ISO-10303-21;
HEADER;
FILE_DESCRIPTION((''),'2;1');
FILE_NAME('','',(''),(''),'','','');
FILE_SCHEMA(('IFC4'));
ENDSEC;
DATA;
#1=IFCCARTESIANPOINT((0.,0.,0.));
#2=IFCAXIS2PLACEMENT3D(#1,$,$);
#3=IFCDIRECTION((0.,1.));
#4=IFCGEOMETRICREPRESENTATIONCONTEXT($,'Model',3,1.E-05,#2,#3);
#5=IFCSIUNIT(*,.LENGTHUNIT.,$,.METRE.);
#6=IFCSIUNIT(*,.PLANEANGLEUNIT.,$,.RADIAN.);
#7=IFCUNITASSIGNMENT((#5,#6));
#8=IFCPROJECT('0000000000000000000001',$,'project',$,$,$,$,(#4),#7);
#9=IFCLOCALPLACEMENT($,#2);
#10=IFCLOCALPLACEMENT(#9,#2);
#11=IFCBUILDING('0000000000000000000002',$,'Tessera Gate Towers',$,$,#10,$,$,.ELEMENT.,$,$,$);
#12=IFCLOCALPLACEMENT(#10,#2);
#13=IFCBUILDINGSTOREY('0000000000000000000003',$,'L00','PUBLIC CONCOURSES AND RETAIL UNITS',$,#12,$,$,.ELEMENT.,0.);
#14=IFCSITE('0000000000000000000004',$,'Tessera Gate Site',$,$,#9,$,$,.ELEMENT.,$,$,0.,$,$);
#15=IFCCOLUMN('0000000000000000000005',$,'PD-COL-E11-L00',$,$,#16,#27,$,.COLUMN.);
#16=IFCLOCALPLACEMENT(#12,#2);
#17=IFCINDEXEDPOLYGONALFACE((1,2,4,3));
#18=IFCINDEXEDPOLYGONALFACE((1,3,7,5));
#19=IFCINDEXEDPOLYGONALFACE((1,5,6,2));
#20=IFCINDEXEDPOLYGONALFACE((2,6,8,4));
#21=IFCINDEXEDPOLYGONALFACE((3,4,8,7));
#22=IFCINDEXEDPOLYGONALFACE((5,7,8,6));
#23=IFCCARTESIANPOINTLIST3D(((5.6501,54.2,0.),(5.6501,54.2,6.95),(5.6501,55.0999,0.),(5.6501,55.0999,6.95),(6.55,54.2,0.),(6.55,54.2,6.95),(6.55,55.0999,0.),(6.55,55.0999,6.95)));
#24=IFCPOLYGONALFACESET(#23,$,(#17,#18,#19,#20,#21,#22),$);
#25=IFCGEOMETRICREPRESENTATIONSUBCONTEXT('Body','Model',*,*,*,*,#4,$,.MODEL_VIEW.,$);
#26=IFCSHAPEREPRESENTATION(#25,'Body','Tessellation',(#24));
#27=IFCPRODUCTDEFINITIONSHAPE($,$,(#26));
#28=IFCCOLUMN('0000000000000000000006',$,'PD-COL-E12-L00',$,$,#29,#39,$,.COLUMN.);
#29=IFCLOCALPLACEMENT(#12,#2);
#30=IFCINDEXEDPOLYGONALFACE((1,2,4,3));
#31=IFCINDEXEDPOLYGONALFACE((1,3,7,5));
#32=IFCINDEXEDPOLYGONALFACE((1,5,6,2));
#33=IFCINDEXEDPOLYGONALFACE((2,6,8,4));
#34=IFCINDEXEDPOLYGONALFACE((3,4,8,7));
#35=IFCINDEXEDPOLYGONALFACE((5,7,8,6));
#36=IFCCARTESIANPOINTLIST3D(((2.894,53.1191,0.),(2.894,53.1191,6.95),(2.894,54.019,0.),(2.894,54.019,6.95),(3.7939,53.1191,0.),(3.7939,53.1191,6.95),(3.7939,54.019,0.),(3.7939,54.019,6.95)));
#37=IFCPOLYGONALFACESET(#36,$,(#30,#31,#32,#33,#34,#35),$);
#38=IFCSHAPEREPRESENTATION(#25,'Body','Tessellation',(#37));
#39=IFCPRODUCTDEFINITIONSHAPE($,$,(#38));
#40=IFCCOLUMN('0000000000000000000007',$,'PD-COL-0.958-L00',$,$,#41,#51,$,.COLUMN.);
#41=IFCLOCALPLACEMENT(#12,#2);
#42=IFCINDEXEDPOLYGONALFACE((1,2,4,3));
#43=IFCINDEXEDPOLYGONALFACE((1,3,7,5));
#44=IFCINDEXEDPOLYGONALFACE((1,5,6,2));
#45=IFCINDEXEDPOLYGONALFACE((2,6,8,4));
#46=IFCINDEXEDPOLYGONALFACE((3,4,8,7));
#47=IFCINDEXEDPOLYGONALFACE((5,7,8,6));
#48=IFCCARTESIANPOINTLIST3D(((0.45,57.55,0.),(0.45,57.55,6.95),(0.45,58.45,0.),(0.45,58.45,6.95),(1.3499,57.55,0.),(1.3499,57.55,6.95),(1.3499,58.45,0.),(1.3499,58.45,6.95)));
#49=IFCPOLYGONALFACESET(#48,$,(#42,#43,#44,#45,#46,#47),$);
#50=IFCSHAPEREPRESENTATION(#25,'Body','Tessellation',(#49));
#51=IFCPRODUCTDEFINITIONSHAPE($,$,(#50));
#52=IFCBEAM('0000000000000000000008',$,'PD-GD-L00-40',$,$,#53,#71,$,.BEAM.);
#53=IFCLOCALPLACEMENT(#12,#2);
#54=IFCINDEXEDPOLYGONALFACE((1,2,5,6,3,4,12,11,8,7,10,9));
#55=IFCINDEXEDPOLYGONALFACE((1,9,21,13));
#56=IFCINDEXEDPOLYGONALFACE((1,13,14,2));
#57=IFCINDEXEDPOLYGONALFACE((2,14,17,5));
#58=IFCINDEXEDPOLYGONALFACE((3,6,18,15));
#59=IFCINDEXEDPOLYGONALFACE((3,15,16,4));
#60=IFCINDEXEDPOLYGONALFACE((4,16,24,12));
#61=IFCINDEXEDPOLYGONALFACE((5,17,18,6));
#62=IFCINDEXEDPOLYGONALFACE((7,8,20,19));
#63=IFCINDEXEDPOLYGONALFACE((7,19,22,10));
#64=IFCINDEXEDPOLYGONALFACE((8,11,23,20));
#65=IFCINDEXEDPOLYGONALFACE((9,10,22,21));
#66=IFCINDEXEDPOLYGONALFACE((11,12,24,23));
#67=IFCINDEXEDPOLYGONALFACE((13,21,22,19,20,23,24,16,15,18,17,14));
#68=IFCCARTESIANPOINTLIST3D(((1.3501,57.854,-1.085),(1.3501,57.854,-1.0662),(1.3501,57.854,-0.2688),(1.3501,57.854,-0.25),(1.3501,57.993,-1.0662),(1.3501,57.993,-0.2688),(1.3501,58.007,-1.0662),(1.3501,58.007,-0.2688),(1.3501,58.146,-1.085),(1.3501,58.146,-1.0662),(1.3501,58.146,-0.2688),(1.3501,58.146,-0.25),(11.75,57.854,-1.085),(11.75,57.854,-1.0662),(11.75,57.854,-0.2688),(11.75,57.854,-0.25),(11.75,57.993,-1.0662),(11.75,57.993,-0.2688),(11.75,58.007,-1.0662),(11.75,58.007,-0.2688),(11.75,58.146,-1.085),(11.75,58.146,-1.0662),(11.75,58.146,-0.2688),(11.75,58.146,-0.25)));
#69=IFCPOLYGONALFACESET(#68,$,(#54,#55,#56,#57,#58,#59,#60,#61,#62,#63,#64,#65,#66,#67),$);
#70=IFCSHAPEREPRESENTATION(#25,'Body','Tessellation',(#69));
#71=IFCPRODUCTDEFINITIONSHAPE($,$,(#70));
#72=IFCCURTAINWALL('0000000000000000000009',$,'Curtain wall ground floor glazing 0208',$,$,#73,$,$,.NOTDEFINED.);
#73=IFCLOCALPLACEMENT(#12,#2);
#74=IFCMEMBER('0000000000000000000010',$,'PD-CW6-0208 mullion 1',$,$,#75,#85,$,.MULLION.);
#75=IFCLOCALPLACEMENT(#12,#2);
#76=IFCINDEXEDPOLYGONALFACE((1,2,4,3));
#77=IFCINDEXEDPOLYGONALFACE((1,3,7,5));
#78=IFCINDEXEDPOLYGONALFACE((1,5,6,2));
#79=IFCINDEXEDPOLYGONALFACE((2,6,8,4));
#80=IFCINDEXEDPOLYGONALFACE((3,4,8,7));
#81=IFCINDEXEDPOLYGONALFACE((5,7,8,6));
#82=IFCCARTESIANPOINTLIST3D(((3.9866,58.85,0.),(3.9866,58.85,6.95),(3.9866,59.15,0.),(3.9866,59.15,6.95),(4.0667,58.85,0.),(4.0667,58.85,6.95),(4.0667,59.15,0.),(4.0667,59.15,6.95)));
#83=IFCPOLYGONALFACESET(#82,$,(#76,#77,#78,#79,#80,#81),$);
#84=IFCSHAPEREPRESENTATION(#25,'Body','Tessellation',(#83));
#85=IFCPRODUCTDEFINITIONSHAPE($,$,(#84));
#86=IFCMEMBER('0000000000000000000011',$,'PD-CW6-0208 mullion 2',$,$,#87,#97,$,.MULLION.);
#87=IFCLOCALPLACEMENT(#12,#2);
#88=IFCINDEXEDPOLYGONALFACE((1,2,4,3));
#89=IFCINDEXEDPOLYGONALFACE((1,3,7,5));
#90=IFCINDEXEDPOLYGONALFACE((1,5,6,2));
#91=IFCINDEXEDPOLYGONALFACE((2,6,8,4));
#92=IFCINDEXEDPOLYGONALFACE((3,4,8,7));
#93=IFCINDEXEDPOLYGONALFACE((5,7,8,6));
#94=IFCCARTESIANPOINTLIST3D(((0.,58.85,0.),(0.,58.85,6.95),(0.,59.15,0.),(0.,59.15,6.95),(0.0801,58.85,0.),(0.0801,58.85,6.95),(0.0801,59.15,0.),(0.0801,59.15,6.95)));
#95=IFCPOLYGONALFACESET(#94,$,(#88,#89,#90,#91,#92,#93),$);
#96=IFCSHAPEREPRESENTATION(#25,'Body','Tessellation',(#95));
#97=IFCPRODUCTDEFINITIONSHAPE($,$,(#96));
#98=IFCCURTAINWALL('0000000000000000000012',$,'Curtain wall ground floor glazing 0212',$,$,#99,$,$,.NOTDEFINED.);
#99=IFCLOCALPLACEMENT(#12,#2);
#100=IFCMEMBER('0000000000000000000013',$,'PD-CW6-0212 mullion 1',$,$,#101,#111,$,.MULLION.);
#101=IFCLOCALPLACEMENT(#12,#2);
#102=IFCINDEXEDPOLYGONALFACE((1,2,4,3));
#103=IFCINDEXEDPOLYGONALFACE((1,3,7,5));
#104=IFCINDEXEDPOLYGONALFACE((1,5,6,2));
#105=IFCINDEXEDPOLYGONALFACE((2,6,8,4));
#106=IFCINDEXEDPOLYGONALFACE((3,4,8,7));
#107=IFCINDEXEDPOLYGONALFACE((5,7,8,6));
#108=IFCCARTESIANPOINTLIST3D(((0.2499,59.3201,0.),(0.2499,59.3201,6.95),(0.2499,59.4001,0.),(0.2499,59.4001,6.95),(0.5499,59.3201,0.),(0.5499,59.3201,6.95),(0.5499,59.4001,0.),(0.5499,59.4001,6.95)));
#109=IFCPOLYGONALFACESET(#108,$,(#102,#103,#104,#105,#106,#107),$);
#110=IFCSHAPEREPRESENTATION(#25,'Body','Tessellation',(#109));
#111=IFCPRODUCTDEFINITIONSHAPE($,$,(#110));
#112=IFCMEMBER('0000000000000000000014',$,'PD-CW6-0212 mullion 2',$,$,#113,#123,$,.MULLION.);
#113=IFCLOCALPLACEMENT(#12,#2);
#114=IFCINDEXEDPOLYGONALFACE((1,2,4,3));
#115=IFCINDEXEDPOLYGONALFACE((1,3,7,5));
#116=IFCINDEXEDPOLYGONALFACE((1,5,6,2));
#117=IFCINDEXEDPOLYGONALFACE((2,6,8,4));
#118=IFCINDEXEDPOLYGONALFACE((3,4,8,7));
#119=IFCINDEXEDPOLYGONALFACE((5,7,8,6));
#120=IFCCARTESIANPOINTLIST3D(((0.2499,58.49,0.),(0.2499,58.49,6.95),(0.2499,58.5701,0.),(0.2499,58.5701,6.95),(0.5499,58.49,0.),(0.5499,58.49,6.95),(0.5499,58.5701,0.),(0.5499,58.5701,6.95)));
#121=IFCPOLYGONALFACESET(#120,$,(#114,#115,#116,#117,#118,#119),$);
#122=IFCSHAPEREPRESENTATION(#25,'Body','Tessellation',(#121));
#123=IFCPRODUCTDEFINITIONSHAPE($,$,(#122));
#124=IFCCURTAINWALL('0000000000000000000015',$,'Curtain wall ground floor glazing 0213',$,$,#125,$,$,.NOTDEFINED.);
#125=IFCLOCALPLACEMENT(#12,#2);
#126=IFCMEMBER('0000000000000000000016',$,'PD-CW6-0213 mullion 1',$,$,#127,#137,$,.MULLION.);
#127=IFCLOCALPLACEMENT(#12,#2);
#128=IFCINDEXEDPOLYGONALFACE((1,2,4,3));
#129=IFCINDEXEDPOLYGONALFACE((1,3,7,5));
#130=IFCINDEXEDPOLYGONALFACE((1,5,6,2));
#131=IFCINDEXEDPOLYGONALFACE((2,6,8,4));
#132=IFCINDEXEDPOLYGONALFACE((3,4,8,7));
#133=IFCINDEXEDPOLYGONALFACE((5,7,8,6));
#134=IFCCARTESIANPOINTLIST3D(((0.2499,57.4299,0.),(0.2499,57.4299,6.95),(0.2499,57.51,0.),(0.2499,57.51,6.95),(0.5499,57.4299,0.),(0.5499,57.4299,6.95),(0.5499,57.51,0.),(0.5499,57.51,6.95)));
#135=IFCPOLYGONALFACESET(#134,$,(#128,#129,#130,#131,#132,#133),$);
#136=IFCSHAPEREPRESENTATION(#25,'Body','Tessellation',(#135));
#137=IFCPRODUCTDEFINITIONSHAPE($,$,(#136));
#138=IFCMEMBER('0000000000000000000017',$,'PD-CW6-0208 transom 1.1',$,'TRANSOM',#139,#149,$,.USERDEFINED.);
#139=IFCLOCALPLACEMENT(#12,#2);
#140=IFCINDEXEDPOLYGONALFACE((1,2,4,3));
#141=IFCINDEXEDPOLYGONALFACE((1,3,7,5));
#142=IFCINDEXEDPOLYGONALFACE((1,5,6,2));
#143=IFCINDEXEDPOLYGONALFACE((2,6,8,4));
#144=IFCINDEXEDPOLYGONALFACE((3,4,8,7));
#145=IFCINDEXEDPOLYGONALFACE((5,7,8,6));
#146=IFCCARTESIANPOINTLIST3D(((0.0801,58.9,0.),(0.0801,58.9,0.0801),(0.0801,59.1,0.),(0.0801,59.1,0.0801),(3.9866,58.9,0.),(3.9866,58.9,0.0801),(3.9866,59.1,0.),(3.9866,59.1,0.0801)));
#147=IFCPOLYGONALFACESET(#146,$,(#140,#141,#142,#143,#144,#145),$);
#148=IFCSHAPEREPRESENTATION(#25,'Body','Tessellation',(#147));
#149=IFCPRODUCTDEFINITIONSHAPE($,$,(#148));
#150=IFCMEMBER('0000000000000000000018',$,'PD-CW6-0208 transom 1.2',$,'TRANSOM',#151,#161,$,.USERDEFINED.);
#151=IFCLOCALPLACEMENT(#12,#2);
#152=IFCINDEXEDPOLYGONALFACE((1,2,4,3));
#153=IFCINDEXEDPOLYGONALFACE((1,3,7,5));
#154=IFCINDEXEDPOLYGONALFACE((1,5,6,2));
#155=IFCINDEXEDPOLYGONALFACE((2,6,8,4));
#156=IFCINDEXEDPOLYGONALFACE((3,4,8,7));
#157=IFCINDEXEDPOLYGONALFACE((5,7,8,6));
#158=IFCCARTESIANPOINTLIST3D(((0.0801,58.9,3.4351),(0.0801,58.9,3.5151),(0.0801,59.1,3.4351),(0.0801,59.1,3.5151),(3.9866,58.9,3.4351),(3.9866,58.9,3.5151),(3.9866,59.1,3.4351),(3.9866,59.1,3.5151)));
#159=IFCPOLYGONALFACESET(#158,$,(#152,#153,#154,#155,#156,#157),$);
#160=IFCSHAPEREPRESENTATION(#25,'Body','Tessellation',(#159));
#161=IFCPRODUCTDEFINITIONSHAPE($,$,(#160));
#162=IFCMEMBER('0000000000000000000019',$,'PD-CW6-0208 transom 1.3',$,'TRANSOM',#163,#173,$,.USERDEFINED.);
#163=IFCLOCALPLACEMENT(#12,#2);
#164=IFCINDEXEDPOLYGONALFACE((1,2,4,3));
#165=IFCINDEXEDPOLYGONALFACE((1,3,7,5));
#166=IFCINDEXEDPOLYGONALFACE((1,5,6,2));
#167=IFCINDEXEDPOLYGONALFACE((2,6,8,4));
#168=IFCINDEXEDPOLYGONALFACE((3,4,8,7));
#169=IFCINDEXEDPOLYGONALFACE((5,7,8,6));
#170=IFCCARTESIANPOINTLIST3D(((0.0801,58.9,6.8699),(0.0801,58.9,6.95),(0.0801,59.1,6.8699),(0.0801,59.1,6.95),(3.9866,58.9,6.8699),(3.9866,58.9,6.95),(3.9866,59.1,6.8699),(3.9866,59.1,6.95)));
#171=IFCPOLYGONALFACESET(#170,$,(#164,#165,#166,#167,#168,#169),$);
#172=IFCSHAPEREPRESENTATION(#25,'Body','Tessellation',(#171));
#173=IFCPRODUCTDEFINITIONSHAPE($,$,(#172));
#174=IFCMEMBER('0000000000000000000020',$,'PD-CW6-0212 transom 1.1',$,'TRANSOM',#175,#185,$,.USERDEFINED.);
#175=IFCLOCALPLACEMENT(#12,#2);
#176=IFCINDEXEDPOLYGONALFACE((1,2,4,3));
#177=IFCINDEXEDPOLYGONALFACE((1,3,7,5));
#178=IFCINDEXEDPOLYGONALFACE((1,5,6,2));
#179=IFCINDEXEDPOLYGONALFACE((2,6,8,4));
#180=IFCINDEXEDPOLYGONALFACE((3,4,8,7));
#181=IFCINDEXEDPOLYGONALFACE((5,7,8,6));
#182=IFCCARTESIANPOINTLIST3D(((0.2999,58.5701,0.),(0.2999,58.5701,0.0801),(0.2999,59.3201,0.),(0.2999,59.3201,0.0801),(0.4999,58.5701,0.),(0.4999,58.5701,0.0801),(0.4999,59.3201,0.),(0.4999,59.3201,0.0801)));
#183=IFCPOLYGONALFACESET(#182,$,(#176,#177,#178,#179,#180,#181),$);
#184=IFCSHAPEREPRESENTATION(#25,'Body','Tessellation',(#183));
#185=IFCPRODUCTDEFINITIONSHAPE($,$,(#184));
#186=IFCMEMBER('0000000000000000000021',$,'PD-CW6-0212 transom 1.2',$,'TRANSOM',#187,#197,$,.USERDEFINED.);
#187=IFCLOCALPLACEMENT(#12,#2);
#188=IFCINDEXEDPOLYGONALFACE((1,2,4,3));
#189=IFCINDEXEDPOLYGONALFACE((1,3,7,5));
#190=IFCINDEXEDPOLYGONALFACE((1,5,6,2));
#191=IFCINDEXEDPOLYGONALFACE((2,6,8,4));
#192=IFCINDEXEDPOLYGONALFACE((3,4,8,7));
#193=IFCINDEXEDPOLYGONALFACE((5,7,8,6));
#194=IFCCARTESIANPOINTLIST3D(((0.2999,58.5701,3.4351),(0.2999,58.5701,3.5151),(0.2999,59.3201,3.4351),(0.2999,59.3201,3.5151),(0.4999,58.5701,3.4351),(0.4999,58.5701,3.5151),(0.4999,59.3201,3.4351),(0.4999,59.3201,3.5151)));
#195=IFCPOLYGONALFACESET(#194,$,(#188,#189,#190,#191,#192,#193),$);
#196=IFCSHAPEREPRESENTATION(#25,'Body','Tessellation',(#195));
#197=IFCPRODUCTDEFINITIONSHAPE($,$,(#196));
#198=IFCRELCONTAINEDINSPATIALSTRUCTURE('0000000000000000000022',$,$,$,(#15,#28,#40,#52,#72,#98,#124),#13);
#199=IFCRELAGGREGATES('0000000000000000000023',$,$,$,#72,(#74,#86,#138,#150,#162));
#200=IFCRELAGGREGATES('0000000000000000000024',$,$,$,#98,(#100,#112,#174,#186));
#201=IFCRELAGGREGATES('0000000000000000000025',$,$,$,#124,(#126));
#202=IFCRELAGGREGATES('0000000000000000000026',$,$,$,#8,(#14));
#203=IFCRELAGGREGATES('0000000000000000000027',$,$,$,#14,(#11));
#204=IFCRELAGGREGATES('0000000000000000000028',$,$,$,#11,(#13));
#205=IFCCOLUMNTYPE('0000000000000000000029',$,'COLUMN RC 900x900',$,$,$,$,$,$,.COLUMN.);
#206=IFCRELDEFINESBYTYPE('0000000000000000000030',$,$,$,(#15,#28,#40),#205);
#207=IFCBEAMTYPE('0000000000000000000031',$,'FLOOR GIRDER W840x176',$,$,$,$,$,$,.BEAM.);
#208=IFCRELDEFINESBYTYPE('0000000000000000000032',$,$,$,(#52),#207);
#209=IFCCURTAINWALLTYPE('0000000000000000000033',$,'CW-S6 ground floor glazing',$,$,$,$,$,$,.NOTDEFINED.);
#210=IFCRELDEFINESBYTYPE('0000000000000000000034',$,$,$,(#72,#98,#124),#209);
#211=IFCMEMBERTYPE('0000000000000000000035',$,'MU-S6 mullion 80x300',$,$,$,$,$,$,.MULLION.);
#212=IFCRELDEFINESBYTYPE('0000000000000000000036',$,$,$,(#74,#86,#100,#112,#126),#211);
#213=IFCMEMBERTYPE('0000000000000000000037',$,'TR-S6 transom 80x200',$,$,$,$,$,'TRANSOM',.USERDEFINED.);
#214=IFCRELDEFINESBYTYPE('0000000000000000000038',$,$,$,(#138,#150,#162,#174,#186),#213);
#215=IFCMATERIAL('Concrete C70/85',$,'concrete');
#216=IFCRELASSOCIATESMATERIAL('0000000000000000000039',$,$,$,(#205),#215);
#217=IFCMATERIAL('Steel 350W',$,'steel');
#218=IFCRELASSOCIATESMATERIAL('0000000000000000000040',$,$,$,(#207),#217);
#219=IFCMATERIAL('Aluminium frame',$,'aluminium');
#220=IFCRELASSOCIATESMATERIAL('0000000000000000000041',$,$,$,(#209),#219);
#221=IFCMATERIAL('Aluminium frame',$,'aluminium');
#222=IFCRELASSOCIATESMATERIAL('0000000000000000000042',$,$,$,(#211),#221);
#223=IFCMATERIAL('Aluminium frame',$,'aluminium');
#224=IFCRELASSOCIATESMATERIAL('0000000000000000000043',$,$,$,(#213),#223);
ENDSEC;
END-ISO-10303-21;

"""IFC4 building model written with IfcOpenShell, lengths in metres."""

from ifc_helpers import new_model, si_unit, direction, frame, origin, origin_2d, place, context, subcontext, project, spatial, rectangle, i_section, extrude, material, material_profile, profile_set, type_object, element, aggregate, save


model = new_model("IFC4")

# Units and contexts
model_context = context("Model", 3, precision=1e-05, world=origin(), true_north=direction((0.0, 1.0)))
body_context = subcontext(model_context, "Body", "Model", "MODEL_VIEW")
ifc_project = project(units=[si_unit("LENGTHUNIT", "METRE"), si_unit("PLANEANGLEUNIT", "RADIAN")], contexts=[model_context])

# Site, building, storey
site_placement = place(None, origin())
site = spatial("IfcSite", under=ifc_project, at=site_placement, Name="Tessera Gate Site", CompositionType="ELEMENT", RefElevation=0.0)
building_placement = place(site_placement, origin())
building = spatial("IfcBuilding", under=site, at=building_placement, Name="Tessera Gate Towers", CompositionType="ELEMENT")
storey_placement = place(building_placement, origin())
storey = spatial("IfcBuildingStorey", under=building, at=storey_placement, Name="L00", Description="PUBLIC CONCOURSES AND RETAIL UNITS", CompositionType="ELEMENT", Elevation=0.0)

# Columns
ifc_material_1 = material(Name="Concrete C70/85", Category="concrete")
ifc_material_profile_1 = material_profile(ifc_material_1, rectangle(XDim=0.8999, YDim=0.8999, at=origin_2d()), Name="RC 900x900")
ifc_profile_set_1 = profile_set([ifc_material_profile_1], Name="Concrete C70/85")
column_type = type_object("IfcColumnType", Name="COLUMN RC 900x900", PredefinedType="COLUMN", material=ifc_profile_set_1)
for number, where, z_axis, x_axis, name in (
    (1, (6.1001, 54.6499, 0.0), (0.0, 0.0, 1.0), (1.0, 0.0, 0.0), "PD-COL-E11-L00"),
    (2, (3.344, 53.5691, 0.0), (0.0, 0.0, 1.0), (1.0, 0.0, 0.0), "PD-COL-E12-L00"),
    (3, (0.8999, 58.0, 0.0), (0.0, 0.0, 1.0), (1.0, 0.0, 0.0), "PD-COL-0.958-L00"),
):
    element("IfcColumn", number, at=place(storey_placement, frame(where, z_axis=z_axis, x_axis=x_axis)), inside=storey, type_object=column_type, Name=name, PredefinedType="COLUMN", context=body_context, shape_type="SweptSolid", body=[
        extrude(rectangle(XDim=0.8999, YDim=0.8999, at=origin_2d()), origin(), (0.0, 0.0, 1.0), 6.95),
    ])

# Beam
ifc_material_2 = material(Name="Steel 350W", Category="steel")
ifc_material_profile_2 = material_profile(ifc_material_2, i_section(OverallWidth=0.292, OverallDepth=0.835, WebThickness=0.0139, FlangeThickness=0.0188, at=origin_2d()), Name="W840x176")
ifc_profile_set_2 = profile_set([ifc_material_profile_2], Name="Steel 350W")
beam_type = type_object("IfcBeamType", Name="FLOOR GIRDER W840x176", PredefinedType="BEAM", material=ifc_profile_set_2)
beam_placement = place(storey_placement, frame((1.3501, 58.0, -0.6675), z_axis=(1.0, 0.0, 0.0), x_axis=(0.0, 1.0, 0.0)))
element("IfcBeam", 4, at=beam_placement, inside=storey, type_object=beam_type, Name="PD-GD-L00-40", PredefinedType="BEAM", context=body_context, shape_type="SweptSolid", body=[
    extrude(i_section(OverallWidth=0.292, OverallDepth=0.835, WebThickness=0.0139, FlangeThickness=0.0188, at=origin_2d()), origin(), (0.0, 0.0, 1.0), 10.3999),
])

# Curtain walls, members
ifc_material_3 = material(Name="Aluminium frame", Category="aluminium")
curtain_wall_type = type_object("IfcCurtainWallType", Name="CW-S6 ground floor glazing", PredefinedType="NOTDEFINED", material=ifc_material_3)
curtain_wall_1_placement = place(storey_placement, origin())
curtain_wall_1 = element("IfcCurtainWall", 5, at=curtain_wall_1_placement, inside=storey, type_object=curtain_wall_type, Name="Curtain wall ground floor glazing 0208", PredefinedType="NOTDEFINED")
ifc_material_4 = material(Name="Aluminium frame", Category="aluminium")
ifc_material_profile_3 = material_profile(ifc_material_4, rectangle(XDim=0.0801, YDim=0.3, at=origin_2d()), Name="AL 80x300")
ifc_profile_set_3 = profile_set([ifc_material_profile_3], Name="Aluminium frame")
member_type_1 = type_object("IfcMemberType", Name="MU-S6 mullion 80x300", PredefinedType="MULLION", material=ifc_profile_set_3)
member_1_placement = place(storey_placement, frame((4.0266, 59.0, 0.0), z_axis=(0.0, 0.0, 1.0), x_axis=(-1.0, 0.0, 0.0)))
member_1 = element("IfcMember", 6, at=member_1_placement, type_object=member_type_1, Name="PD-CW6-0208 mullion 1", PredefinedType="MULLION", context=body_context, shape_type="SweptSolid", body=[
    extrude(rectangle(XDim=0.0801, YDim=0.3, at=origin_2d()), origin(), (0.0, 0.0, 1.0), 6.95),
])
member_2_placement = place(storey_placement, frame((0.04, 59.0, 0.0), z_axis=(0.0, 0.0, 1.0), x_axis=(-1.0, 0.0, 0.0)))
member_2 = element("IfcMember", 7, at=member_2_placement, type_object=member_type_1, Name="PD-CW6-0208 mullion 2", PredefinedType="MULLION", context=body_context, shape_type="SweptSolid", body=[
    extrude(rectangle(XDim=0.0801, YDim=0.3, at=origin_2d()), origin(), (0.0, 0.0, 1.0), 6.95),
])
curtain_wall_2_placement = place(storey_placement, origin())
curtain_wall_2 = element("IfcCurtainWall", 8, at=curtain_wall_2_placement, inside=storey, type_object=curtain_wall_type, Name="Curtain wall ground floor glazing 0212", PredefinedType="NOTDEFINED")
member_3_placement = place(storey_placement, frame((0.3999, 59.3601, 0.0), z_axis=(0.0, 0.0, 1.0), x_axis=(0.0, -1.0, 0.0)))
member_3 = element("IfcMember", 9, at=member_3_placement, type_object=member_type_1, Name="PD-CW6-0212 mullion 1", PredefinedType="MULLION", context=body_context, shape_type="SweptSolid", body=[
    extrude(rectangle(XDim=0.0801, YDim=0.3, at=origin_2d()), origin(), (0.0, 0.0, 1.0), 6.95),
])
member_4_placement = place(storey_placement, frame((0.3999, 58.53, 0.0), z_axis=(0.0, 0.0, 1.0), x_axis=(0.0, -1.0, 0.0)))
member_4 = element("IfcMember", 10, at=member_4_placement, type_object=member_type_1, Name="PD-CW6-0212 mullion 2", PredefinedType="MULLION", context=body_context, shape_type="SweptSolid", body=[
    extrude(rectangle(XDim=0.0801, YDim=0.3, at=origin_2d()), origin(), (0.0, 0.0, 1.0), 6.95),
])

# Curtain wall, member
curtain_wall_3_placement = place(storey_placement, origin())
curtain_wall_3 = element("IfcCurtainWall", 11, at=curtain_wall_3_placement, inside=storey, type_object=curtain_wall_type, Name="Curtain wall ground floor glazing 0213", PredefinedType="NOTDEFINED")
member_5_placement = place(storey_placement, frame((0.3999, 57.47, 0.0), z_axis=(0.0, 0.0, 1.0), x_axis=(0.0, -1.0, 0.0)))
member_5 = element("IfcMember", 12, at=member_5_placement, type_object=member_type_1, Name="PD-CW6-0213 mullion 1", PredefinedType="MULLION", context=body_context, shape_type="SweptSolid", body=[
    extrude(rectangle(XDim=0.0801, YDim=0.3, at=origin_2d()), origin(), (0.0, 0.0, 1.0), 6.95),
])

# Members
ifc_material_5 = material(Name="Aluminium frame", Category="aluminium")
ifc_material_profile_4 = material_profile(ifc_material_5, rectangle(XDim=0.2, YDim=0.0801, at=origin_2d()), Name="AL 80x200")
ifc_profile_set_4 = profile_set([ifc_material_profile_4], Name="Aluminium frame")
member_type_2 = type_object("IfcMemberType", Name="TR-S6 transom 80x200", ElementType="TRANSOM", PredefinedType="USERDEFINED", material=ifc_profile_set_4)
member_6_placement = place(storey_placement, frame((3.9866, 59.0, 0.04), z_axis=(-1.0, 0.0, 0.0), x_axis=(0.0, -1.0, 0.0)))
member_6 = element("IfcMember", 13, at=member_6_placement, type_object=member_type_2, Name="PD-CW6-0208 transom 1.1", ObjectType="TRANSOM", PredefinedType="USERDEFINED", context=body_context, shape_type="SweptSolid", body=[
    extrude(rectangle(XDim=0.2, YDim=0.0801, at=origin_2d()), origin(), (0.0, 0.0, 1.0), 3.9065),
])
member_7_placement = place(storey_placement, frame((3.9866, 59.0, 3.4751), z_axis=(-1.0, 0.0, 0.0), x_axis=(0.0, -1.0, 0.0)))
member_7 = element("IfcMember", 14, at=member_7_placement, type_object=member_type_2, Name="PD-CW6-0208 transom 1.2", ObjectType="TRANSOM", PredefinedType="USERDEFINED", context=body_context, shape_type="SweptSolid", body=[
    extrude(rectangle(XDim=0.2, YDim=0.0801, at=origin_2d()), origin(), (0.0, 0.0, 1.0), 3.9065),
])
member_8_placement = place(storey_placement, frame((3.9866, 59.0, 6.9099), z_axis=(-1.0, 0.0, 0.0), x_axis=(0.0, -1.0, 0.0)))
member_8 = element("IfcMember", 15, at=member_8_placement, type_object=member_type_2, Name="PD-CW6-0208 transom 1.3", ObjectType="TRANSOM", PredefinedType="USERDEFINED", context=body_context, shape_type="SweptSolid", body=[
    extrude(rectangle(XDim=0.2, YDim=0.0801, at=origin_2d()), origin(), (0.0, 0.0, 1.0), 3.9065),
])
member_9_placement = place(storey_placement, frame((0.3999, 59.3201, 0.04), z_axis=(0.0, -1.0, 0.0), x_axis=(1.0, 0.0, 0.0)))
member_9 = element("IfcMember", 16, at=member_9_placement, type_object=member_type_2, Name="PD-CW6-0212 transom 1.1", ObjectType="TRANSOM", PredefinedType="USERDEFINED", context=body_context, shape_type="SweptSolid", body=[
    extrude(rectangle(XDim=0.2, YDim=0.0801, at=origin_2d()), origin(), (0.0, 0.0, 1.0), 0.75),
])
member_10_placement = place(storey_placement, frame((0.3999, 59.3201, 3.4751), z_axis=(0.0, -1.0, 0.0), x_axis=(1.0, 0.0, 0.0)))
member_10 = element("IfcMember", 17, at=member_10_placement, type_object=member_type_2, Name="PD-CW6-0212 transom 1.2", ObjectType="TRANSOM", PredefinedType="USERDEFINED", context=body_context, shape_type="SweptSolid", body=[
    extrude(rectangle(XDim=0.2, YDim=0.0801, at=origin_2d()), origin(), (0.0, 0.0, 1.0), 0.75),
])

aggregate(curtain_wall_1, [member_1, member_2, member_6, member_7, member_8])
aggregate(curtain_wall_2, [member_3, member_4, member_9, member_10])
aggregate(curtain_wall_3, [member_5])

save(model, "model.ifc")
